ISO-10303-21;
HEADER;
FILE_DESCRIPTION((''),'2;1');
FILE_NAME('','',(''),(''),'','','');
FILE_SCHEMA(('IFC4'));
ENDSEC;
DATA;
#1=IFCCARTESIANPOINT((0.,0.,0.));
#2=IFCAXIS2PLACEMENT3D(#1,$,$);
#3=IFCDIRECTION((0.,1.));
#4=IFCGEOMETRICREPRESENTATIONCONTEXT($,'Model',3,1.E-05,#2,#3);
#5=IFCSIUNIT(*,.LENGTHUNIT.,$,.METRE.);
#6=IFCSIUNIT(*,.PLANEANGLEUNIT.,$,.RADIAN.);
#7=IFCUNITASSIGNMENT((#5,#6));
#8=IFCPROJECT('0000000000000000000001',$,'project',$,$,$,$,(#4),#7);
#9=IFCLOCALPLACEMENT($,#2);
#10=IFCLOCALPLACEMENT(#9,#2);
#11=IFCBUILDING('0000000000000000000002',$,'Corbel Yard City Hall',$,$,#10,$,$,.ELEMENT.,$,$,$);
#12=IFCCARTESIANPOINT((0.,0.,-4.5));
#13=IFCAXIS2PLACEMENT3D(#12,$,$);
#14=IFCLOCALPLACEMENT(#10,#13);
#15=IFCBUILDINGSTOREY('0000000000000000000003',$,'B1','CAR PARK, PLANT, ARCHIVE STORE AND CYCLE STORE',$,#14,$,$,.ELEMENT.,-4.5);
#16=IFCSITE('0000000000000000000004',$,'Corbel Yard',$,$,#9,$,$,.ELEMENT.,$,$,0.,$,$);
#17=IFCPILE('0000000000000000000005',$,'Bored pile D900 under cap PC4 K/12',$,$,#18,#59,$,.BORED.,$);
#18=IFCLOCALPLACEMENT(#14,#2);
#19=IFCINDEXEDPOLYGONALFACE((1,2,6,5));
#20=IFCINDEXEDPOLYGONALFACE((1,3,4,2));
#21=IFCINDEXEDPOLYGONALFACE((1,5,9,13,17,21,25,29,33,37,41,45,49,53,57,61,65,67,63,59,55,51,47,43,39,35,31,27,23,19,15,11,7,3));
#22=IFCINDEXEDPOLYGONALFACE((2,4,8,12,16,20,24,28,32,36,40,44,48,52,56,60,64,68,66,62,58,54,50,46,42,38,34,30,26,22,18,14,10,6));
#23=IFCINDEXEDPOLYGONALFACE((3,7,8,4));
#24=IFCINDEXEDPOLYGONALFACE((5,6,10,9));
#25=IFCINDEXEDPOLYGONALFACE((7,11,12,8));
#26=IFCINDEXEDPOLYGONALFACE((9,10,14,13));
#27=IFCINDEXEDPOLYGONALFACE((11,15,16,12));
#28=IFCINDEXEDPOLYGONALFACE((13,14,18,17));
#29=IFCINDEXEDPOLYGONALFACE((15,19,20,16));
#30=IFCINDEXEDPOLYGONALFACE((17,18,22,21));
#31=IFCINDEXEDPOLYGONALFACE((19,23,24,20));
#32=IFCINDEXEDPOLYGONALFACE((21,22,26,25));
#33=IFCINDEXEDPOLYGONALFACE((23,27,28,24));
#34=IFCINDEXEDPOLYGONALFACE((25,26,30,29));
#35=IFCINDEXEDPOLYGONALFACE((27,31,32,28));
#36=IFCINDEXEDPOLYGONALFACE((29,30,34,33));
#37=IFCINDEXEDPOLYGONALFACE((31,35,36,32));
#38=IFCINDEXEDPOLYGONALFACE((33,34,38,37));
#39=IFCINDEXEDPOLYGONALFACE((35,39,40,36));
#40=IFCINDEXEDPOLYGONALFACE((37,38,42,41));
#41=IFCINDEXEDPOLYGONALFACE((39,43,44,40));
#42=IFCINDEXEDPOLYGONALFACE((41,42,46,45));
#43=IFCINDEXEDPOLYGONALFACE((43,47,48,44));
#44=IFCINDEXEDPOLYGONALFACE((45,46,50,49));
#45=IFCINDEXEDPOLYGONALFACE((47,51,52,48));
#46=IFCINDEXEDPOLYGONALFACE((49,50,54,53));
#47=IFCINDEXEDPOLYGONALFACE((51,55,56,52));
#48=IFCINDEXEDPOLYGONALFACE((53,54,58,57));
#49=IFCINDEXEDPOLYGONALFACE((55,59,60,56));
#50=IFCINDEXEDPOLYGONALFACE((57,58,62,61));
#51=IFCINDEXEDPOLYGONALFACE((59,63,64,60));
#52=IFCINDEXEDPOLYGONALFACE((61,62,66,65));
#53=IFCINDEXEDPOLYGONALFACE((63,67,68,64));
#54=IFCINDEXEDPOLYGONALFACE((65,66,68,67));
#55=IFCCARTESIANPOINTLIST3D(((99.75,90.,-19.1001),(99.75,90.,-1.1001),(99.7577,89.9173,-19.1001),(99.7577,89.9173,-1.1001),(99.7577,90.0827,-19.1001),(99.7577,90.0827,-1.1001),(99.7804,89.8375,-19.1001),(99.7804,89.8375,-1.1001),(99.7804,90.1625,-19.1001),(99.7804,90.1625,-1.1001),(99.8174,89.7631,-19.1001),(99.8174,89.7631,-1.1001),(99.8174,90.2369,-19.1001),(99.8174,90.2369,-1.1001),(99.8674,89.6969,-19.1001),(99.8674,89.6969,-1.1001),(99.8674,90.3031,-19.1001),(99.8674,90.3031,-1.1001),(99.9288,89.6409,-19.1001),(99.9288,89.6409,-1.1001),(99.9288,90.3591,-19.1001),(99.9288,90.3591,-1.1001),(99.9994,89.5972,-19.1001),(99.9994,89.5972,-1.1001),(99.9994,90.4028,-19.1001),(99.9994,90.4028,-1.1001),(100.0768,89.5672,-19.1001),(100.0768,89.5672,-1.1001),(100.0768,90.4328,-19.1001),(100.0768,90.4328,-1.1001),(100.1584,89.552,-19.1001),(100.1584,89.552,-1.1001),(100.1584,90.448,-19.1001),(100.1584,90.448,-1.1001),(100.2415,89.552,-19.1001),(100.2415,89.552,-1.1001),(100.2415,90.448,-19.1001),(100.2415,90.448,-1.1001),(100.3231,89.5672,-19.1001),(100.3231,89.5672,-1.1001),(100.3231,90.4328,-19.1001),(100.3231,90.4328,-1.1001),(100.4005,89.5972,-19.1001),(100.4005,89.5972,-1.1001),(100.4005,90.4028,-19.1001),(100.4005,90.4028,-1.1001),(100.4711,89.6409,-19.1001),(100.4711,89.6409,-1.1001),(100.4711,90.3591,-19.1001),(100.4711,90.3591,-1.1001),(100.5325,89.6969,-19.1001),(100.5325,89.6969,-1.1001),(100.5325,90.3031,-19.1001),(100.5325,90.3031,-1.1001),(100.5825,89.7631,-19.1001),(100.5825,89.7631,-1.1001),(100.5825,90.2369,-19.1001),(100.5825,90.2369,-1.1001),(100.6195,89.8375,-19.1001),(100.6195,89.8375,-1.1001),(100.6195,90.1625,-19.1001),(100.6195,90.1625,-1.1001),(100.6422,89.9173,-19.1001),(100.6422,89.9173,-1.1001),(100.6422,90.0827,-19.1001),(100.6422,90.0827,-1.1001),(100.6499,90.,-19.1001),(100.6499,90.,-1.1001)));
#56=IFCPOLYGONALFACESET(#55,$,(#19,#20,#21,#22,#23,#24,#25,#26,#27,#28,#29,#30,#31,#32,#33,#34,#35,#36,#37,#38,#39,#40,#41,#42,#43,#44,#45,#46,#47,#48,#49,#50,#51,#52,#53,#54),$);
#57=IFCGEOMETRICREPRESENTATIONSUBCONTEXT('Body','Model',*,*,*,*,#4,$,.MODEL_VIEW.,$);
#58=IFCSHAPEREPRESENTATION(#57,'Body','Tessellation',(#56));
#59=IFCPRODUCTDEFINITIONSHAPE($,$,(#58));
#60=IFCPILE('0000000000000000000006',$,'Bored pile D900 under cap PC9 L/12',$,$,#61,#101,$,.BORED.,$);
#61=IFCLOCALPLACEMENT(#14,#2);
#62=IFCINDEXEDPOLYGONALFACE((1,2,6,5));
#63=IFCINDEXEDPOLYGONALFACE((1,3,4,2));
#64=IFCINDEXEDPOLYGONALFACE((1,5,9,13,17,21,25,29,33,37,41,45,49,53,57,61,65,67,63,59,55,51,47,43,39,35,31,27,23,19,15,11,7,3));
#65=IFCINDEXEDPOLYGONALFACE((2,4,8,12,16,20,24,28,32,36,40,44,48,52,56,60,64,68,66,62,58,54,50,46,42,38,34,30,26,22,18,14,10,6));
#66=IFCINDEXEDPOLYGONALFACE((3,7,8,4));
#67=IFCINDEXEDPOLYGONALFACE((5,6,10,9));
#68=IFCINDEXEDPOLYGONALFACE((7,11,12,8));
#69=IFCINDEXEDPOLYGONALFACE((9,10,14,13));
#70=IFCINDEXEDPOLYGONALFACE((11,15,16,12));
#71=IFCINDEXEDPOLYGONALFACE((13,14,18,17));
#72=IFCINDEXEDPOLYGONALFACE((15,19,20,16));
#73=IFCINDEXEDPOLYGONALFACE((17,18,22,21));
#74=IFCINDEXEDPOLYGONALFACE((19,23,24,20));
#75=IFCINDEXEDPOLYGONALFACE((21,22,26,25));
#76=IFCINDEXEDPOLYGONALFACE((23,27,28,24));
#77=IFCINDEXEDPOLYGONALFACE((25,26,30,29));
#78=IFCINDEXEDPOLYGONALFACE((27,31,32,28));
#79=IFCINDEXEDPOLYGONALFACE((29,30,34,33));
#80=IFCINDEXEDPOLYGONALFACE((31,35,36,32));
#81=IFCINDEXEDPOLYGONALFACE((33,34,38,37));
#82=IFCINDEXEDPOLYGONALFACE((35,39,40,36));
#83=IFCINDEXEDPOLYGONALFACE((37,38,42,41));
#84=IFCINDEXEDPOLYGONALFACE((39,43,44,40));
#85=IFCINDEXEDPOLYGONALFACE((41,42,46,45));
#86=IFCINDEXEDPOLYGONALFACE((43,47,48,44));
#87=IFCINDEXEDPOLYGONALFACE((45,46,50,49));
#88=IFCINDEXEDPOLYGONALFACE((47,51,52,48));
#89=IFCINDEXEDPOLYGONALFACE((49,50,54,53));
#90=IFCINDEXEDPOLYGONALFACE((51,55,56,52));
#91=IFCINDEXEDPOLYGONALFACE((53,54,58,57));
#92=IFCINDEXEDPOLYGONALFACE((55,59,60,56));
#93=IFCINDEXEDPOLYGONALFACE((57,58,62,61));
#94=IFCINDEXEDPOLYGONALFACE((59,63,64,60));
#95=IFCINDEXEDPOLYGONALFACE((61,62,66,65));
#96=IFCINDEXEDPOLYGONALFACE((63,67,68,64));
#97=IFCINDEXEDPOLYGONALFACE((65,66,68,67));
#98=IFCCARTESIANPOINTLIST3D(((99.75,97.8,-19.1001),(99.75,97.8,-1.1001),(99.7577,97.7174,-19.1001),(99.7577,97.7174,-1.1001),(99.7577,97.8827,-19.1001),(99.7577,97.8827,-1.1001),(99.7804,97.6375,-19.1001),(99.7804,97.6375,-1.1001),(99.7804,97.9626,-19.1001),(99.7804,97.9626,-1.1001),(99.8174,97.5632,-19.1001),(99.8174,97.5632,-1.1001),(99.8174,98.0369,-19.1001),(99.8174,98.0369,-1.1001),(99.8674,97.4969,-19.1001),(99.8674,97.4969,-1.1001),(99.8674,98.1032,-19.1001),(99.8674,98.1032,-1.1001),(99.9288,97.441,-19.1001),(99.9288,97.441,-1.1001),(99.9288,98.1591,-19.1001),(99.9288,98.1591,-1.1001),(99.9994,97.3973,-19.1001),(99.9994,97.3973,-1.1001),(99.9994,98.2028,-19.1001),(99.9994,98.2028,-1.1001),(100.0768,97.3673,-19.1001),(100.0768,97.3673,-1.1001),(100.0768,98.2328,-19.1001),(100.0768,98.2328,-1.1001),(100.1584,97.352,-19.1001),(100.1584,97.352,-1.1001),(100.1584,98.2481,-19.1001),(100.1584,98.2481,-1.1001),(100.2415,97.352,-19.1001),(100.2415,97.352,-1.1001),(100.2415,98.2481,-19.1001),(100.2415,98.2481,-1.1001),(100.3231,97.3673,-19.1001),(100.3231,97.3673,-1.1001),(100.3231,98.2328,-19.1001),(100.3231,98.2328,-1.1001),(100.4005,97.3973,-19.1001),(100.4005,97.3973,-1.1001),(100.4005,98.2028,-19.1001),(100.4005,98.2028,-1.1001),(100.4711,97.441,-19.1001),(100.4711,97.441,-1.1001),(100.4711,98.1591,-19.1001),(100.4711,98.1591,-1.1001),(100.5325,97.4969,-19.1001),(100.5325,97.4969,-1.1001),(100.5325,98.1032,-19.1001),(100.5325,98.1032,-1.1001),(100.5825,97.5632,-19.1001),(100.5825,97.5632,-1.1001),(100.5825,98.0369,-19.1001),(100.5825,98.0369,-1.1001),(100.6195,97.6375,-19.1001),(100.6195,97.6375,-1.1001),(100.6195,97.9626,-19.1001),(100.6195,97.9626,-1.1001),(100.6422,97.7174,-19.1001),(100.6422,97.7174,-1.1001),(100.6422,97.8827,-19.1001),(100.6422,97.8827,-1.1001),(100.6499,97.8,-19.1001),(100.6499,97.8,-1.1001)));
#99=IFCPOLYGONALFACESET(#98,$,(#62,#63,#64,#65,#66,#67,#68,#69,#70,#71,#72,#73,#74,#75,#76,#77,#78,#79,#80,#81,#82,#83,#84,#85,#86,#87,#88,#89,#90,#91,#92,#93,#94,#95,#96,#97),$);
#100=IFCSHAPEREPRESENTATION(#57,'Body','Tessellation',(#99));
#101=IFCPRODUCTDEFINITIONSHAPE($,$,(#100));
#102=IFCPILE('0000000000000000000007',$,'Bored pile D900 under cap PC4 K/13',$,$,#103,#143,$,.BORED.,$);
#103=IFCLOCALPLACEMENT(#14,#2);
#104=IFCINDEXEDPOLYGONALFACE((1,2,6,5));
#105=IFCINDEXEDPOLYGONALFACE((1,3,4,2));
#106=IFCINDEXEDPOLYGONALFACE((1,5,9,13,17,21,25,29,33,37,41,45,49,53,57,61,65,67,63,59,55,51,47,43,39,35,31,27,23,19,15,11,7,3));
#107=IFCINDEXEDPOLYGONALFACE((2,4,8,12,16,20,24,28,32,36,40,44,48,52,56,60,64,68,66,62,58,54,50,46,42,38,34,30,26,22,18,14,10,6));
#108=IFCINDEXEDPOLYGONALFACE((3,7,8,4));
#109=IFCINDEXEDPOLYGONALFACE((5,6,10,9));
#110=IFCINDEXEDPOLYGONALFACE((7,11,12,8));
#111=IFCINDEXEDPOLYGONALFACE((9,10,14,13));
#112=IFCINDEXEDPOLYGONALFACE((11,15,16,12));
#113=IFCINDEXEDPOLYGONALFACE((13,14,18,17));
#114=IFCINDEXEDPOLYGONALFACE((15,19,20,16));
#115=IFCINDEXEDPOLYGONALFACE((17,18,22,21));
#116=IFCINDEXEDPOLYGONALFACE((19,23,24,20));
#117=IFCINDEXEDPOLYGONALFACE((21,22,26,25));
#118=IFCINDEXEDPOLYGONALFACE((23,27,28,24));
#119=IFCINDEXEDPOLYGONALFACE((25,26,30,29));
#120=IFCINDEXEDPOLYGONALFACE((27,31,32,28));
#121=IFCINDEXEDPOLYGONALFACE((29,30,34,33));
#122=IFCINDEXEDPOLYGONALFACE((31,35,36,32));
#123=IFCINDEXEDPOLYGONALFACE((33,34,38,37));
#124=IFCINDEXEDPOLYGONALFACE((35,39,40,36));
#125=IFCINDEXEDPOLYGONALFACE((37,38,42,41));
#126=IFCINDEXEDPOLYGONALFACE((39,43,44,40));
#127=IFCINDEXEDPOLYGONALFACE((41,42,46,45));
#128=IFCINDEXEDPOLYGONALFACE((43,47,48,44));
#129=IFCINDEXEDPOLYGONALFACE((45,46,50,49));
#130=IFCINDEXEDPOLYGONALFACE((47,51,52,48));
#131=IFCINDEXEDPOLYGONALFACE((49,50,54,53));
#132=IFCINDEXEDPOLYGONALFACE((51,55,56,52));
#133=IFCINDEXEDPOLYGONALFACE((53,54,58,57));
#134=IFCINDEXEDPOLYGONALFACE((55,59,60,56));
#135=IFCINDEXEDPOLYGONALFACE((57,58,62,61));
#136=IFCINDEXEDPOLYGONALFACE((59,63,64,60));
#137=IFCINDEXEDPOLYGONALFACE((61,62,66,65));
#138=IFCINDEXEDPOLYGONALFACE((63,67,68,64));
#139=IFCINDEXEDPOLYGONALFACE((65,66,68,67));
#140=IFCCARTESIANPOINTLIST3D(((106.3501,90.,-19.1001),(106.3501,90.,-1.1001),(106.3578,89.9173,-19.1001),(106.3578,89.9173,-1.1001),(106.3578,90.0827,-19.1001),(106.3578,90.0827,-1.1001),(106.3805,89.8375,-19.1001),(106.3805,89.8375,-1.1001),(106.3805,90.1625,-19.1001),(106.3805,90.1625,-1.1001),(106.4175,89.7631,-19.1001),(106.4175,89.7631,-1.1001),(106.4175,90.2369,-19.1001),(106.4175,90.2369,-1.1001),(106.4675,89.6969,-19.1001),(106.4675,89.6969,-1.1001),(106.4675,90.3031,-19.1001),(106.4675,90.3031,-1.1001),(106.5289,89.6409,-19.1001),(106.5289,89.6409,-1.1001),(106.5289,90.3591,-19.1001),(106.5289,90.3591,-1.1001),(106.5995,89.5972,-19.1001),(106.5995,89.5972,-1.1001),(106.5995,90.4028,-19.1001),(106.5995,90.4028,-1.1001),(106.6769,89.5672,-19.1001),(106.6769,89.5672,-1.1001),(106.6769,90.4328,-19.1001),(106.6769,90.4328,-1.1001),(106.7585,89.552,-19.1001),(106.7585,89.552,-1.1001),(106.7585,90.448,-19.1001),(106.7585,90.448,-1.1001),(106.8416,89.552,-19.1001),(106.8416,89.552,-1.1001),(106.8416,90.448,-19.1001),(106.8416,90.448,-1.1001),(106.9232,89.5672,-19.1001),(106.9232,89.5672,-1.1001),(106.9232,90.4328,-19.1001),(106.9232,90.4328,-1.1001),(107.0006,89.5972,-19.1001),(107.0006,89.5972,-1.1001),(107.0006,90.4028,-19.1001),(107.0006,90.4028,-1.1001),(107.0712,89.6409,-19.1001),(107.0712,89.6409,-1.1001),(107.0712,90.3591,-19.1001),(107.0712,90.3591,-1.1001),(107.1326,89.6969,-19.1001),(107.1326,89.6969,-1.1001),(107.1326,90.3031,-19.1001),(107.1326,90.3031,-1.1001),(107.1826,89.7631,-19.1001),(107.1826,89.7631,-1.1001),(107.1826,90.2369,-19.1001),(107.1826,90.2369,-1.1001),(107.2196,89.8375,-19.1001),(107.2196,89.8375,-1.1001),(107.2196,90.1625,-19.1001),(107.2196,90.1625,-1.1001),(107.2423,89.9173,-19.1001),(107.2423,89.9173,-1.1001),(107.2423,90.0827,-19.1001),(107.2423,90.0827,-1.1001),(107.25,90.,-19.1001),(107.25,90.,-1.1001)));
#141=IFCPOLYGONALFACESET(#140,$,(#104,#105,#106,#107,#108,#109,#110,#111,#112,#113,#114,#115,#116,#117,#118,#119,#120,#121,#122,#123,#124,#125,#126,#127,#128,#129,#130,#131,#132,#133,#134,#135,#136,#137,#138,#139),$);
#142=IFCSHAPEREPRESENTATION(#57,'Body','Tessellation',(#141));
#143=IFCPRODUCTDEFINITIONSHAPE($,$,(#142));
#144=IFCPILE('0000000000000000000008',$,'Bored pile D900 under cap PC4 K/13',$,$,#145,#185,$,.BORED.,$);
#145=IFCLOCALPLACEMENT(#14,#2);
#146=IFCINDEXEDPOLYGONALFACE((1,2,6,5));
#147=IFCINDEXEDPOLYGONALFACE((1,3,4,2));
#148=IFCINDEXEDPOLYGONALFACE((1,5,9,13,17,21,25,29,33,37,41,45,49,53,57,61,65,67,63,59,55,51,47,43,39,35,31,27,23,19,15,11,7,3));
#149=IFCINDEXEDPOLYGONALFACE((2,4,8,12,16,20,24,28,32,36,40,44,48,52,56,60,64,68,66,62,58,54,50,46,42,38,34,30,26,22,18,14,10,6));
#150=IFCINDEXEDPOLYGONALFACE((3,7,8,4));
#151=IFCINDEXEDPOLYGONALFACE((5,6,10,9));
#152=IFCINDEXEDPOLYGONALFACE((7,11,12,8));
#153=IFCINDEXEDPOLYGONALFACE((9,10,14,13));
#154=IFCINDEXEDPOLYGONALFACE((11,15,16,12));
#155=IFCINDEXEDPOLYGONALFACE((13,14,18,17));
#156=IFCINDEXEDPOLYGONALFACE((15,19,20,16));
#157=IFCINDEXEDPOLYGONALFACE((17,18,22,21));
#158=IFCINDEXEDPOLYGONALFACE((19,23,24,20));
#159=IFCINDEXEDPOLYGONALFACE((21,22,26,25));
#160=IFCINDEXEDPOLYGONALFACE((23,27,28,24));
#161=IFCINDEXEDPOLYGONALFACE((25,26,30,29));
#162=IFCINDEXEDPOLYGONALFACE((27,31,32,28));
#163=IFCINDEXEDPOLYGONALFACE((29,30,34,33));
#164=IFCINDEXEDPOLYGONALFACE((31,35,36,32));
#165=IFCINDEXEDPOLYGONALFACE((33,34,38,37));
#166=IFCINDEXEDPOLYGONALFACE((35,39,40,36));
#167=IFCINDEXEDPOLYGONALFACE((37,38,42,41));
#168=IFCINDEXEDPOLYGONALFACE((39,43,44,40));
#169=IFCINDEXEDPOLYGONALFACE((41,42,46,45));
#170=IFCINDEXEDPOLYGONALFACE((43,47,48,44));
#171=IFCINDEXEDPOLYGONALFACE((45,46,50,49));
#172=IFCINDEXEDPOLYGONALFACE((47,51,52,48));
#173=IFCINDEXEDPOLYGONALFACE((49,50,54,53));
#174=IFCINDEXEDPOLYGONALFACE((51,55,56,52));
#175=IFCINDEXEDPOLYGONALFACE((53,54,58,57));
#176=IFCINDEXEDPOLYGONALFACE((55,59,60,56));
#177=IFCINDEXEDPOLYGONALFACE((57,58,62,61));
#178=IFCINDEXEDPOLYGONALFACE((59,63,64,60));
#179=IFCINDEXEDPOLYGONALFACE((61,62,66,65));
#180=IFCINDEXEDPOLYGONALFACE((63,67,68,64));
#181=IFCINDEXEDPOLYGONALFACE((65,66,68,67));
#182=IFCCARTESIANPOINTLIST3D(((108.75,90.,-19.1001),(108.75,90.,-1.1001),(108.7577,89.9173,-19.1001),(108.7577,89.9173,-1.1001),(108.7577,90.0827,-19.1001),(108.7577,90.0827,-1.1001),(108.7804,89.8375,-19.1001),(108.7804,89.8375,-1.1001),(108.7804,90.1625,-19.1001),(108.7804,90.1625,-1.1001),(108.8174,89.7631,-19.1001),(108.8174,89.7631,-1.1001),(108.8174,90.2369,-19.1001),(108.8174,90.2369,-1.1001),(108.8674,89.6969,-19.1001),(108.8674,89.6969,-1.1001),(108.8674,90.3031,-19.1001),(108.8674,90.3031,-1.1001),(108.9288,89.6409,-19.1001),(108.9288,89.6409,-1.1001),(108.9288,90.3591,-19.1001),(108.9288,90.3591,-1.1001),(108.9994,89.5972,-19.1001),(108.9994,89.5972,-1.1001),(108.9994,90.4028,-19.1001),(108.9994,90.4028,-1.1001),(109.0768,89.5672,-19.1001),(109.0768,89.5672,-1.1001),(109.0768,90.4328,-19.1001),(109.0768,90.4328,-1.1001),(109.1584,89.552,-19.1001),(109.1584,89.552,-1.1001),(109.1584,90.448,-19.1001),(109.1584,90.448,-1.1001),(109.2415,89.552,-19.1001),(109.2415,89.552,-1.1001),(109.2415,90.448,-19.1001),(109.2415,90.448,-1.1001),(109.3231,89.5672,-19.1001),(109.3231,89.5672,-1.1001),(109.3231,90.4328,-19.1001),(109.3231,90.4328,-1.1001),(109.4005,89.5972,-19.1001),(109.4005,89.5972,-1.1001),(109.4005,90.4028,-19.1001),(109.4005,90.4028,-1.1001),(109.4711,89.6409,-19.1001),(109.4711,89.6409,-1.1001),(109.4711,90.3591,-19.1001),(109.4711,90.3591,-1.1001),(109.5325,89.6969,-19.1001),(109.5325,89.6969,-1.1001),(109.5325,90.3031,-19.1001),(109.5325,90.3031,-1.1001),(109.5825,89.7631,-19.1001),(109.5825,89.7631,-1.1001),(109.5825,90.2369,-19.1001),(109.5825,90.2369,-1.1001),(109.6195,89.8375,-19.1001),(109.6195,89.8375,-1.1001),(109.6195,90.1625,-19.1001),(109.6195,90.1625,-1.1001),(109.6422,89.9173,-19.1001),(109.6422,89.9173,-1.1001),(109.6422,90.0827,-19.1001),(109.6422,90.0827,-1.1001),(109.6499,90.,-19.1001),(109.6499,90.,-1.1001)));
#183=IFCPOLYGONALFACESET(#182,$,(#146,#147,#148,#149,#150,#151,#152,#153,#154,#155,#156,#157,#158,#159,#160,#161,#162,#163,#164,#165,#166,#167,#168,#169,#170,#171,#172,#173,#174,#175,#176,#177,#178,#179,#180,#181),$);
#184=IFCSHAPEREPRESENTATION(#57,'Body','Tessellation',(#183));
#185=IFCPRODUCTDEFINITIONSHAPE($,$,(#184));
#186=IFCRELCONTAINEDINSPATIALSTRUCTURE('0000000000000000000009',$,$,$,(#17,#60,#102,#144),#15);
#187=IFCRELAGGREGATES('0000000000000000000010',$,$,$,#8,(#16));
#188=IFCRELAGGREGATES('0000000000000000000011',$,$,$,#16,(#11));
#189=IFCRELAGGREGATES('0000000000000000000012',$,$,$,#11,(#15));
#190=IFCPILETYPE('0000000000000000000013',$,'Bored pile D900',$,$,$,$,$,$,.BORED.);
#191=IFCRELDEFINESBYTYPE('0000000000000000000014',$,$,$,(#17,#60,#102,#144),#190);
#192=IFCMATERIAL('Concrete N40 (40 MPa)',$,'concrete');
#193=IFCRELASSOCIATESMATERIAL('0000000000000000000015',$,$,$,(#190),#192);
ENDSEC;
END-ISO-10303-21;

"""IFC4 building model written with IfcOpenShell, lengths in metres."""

from ifc_helpers import new_model, si_unit, direction, frame, origin, origin_2d, place, context, subcontext, project, spatial, circle, extrude, material, material_profile, profile_set, type_object, element, save


model = new_model("IFC4")

# Units and contexts
model_context = context("Model", 3, precision=1e-05, world=origin(), true_north=direction((0.0, 1.0)))
body_context = subcontext(model_context, "Body", "Model", "MODEL_VIEW")
ifc_project = project(units=[si_unit("LENGTHUNIT", "METRE"), si_unit("PLANEANGLEUNIT", "RADIAN")], contexts=[model_context])

# Site, building, storey
site_placement = place(None, origin())
site = spatial("IfcSite", under=ifc_project, at=site_placement, Name="Corbel Yard", CompositionType="ELEMENT", RefElevation=0.0)
building_placement = place(site_placement, origin())
building = spatial("IfcBuilding", under=site, at=building_placement, Name="Corbel Yard City Hall", CompositionType="ELEMENT")
storey_placement = place(building_placement, frame((0.0, 0.0, -4.5)))
storey = spatial("IfcBuildingStorey", under=building, at=storey_placement, Name="B1", Description="CAR PARK, PLANT, ARCHIVE STORE AND CYCLE STORE", CompositionType="ELEMENT", Elevation=-4.5)

# Piles
ifc_material_1 = material(Name="Concrete N40 (40 MPa)", Category="concrete")
ifc_material_profile_1 = material_profile(ifc_material_1, circle(Radius=0.45, at=origin_2d()), Name="D900")
ifc_profile_set_1 = profile_set([ifc_material_profile_1], Name="Concrete N40 (40 MPa)")
pile_type = type_object("IfcPileType", Name="Bored pile D900", PredefinedType="BORED", material=ifc_profile_set_1)
for number, where, z_axis, x_axis, name in (
    (1, (100.2, 90.0, -1.1001), (0.0, 0.0, -1.0), (1.0, 0.0, 0.0), "Bored pile D900 under cap PC4 K/12"),
    (2, (100.2, 97.8, -1.1001), (0.0, 0.0, -1.0), (1.0, 0.0, 0.0), "Bored pile D900 under cap PC9 L/12"),
    (3, (106.8, 90.0, -1.1001), (0.0, 0.0, -1.0), (1.0, 0.0, 0.0), "Bored pile D900 under cap PC4 K/13"),
    (4, (109.2, 90.0, -1.1001), (0.0, 0.0, -1.0), (1.0, 0.0, 0.0), "Bored pile D900 under cap PC4 K/13"),
):
    element("IfcPile", number, at=place(storey_placement, frame(where, z_axis=z_axis, x_axis=x_axis)), inside=storey, type_object=pile_type, Name=name, PredefinedType="BORED", context=body_context, shape_type="SweptSolid", body=[
        extrude(circle(Radius=0.45, at=origin_2d()), origin(), (0.0, 0.0, 1.0), 18.0),
    ])

save(model, "model.ifc")
